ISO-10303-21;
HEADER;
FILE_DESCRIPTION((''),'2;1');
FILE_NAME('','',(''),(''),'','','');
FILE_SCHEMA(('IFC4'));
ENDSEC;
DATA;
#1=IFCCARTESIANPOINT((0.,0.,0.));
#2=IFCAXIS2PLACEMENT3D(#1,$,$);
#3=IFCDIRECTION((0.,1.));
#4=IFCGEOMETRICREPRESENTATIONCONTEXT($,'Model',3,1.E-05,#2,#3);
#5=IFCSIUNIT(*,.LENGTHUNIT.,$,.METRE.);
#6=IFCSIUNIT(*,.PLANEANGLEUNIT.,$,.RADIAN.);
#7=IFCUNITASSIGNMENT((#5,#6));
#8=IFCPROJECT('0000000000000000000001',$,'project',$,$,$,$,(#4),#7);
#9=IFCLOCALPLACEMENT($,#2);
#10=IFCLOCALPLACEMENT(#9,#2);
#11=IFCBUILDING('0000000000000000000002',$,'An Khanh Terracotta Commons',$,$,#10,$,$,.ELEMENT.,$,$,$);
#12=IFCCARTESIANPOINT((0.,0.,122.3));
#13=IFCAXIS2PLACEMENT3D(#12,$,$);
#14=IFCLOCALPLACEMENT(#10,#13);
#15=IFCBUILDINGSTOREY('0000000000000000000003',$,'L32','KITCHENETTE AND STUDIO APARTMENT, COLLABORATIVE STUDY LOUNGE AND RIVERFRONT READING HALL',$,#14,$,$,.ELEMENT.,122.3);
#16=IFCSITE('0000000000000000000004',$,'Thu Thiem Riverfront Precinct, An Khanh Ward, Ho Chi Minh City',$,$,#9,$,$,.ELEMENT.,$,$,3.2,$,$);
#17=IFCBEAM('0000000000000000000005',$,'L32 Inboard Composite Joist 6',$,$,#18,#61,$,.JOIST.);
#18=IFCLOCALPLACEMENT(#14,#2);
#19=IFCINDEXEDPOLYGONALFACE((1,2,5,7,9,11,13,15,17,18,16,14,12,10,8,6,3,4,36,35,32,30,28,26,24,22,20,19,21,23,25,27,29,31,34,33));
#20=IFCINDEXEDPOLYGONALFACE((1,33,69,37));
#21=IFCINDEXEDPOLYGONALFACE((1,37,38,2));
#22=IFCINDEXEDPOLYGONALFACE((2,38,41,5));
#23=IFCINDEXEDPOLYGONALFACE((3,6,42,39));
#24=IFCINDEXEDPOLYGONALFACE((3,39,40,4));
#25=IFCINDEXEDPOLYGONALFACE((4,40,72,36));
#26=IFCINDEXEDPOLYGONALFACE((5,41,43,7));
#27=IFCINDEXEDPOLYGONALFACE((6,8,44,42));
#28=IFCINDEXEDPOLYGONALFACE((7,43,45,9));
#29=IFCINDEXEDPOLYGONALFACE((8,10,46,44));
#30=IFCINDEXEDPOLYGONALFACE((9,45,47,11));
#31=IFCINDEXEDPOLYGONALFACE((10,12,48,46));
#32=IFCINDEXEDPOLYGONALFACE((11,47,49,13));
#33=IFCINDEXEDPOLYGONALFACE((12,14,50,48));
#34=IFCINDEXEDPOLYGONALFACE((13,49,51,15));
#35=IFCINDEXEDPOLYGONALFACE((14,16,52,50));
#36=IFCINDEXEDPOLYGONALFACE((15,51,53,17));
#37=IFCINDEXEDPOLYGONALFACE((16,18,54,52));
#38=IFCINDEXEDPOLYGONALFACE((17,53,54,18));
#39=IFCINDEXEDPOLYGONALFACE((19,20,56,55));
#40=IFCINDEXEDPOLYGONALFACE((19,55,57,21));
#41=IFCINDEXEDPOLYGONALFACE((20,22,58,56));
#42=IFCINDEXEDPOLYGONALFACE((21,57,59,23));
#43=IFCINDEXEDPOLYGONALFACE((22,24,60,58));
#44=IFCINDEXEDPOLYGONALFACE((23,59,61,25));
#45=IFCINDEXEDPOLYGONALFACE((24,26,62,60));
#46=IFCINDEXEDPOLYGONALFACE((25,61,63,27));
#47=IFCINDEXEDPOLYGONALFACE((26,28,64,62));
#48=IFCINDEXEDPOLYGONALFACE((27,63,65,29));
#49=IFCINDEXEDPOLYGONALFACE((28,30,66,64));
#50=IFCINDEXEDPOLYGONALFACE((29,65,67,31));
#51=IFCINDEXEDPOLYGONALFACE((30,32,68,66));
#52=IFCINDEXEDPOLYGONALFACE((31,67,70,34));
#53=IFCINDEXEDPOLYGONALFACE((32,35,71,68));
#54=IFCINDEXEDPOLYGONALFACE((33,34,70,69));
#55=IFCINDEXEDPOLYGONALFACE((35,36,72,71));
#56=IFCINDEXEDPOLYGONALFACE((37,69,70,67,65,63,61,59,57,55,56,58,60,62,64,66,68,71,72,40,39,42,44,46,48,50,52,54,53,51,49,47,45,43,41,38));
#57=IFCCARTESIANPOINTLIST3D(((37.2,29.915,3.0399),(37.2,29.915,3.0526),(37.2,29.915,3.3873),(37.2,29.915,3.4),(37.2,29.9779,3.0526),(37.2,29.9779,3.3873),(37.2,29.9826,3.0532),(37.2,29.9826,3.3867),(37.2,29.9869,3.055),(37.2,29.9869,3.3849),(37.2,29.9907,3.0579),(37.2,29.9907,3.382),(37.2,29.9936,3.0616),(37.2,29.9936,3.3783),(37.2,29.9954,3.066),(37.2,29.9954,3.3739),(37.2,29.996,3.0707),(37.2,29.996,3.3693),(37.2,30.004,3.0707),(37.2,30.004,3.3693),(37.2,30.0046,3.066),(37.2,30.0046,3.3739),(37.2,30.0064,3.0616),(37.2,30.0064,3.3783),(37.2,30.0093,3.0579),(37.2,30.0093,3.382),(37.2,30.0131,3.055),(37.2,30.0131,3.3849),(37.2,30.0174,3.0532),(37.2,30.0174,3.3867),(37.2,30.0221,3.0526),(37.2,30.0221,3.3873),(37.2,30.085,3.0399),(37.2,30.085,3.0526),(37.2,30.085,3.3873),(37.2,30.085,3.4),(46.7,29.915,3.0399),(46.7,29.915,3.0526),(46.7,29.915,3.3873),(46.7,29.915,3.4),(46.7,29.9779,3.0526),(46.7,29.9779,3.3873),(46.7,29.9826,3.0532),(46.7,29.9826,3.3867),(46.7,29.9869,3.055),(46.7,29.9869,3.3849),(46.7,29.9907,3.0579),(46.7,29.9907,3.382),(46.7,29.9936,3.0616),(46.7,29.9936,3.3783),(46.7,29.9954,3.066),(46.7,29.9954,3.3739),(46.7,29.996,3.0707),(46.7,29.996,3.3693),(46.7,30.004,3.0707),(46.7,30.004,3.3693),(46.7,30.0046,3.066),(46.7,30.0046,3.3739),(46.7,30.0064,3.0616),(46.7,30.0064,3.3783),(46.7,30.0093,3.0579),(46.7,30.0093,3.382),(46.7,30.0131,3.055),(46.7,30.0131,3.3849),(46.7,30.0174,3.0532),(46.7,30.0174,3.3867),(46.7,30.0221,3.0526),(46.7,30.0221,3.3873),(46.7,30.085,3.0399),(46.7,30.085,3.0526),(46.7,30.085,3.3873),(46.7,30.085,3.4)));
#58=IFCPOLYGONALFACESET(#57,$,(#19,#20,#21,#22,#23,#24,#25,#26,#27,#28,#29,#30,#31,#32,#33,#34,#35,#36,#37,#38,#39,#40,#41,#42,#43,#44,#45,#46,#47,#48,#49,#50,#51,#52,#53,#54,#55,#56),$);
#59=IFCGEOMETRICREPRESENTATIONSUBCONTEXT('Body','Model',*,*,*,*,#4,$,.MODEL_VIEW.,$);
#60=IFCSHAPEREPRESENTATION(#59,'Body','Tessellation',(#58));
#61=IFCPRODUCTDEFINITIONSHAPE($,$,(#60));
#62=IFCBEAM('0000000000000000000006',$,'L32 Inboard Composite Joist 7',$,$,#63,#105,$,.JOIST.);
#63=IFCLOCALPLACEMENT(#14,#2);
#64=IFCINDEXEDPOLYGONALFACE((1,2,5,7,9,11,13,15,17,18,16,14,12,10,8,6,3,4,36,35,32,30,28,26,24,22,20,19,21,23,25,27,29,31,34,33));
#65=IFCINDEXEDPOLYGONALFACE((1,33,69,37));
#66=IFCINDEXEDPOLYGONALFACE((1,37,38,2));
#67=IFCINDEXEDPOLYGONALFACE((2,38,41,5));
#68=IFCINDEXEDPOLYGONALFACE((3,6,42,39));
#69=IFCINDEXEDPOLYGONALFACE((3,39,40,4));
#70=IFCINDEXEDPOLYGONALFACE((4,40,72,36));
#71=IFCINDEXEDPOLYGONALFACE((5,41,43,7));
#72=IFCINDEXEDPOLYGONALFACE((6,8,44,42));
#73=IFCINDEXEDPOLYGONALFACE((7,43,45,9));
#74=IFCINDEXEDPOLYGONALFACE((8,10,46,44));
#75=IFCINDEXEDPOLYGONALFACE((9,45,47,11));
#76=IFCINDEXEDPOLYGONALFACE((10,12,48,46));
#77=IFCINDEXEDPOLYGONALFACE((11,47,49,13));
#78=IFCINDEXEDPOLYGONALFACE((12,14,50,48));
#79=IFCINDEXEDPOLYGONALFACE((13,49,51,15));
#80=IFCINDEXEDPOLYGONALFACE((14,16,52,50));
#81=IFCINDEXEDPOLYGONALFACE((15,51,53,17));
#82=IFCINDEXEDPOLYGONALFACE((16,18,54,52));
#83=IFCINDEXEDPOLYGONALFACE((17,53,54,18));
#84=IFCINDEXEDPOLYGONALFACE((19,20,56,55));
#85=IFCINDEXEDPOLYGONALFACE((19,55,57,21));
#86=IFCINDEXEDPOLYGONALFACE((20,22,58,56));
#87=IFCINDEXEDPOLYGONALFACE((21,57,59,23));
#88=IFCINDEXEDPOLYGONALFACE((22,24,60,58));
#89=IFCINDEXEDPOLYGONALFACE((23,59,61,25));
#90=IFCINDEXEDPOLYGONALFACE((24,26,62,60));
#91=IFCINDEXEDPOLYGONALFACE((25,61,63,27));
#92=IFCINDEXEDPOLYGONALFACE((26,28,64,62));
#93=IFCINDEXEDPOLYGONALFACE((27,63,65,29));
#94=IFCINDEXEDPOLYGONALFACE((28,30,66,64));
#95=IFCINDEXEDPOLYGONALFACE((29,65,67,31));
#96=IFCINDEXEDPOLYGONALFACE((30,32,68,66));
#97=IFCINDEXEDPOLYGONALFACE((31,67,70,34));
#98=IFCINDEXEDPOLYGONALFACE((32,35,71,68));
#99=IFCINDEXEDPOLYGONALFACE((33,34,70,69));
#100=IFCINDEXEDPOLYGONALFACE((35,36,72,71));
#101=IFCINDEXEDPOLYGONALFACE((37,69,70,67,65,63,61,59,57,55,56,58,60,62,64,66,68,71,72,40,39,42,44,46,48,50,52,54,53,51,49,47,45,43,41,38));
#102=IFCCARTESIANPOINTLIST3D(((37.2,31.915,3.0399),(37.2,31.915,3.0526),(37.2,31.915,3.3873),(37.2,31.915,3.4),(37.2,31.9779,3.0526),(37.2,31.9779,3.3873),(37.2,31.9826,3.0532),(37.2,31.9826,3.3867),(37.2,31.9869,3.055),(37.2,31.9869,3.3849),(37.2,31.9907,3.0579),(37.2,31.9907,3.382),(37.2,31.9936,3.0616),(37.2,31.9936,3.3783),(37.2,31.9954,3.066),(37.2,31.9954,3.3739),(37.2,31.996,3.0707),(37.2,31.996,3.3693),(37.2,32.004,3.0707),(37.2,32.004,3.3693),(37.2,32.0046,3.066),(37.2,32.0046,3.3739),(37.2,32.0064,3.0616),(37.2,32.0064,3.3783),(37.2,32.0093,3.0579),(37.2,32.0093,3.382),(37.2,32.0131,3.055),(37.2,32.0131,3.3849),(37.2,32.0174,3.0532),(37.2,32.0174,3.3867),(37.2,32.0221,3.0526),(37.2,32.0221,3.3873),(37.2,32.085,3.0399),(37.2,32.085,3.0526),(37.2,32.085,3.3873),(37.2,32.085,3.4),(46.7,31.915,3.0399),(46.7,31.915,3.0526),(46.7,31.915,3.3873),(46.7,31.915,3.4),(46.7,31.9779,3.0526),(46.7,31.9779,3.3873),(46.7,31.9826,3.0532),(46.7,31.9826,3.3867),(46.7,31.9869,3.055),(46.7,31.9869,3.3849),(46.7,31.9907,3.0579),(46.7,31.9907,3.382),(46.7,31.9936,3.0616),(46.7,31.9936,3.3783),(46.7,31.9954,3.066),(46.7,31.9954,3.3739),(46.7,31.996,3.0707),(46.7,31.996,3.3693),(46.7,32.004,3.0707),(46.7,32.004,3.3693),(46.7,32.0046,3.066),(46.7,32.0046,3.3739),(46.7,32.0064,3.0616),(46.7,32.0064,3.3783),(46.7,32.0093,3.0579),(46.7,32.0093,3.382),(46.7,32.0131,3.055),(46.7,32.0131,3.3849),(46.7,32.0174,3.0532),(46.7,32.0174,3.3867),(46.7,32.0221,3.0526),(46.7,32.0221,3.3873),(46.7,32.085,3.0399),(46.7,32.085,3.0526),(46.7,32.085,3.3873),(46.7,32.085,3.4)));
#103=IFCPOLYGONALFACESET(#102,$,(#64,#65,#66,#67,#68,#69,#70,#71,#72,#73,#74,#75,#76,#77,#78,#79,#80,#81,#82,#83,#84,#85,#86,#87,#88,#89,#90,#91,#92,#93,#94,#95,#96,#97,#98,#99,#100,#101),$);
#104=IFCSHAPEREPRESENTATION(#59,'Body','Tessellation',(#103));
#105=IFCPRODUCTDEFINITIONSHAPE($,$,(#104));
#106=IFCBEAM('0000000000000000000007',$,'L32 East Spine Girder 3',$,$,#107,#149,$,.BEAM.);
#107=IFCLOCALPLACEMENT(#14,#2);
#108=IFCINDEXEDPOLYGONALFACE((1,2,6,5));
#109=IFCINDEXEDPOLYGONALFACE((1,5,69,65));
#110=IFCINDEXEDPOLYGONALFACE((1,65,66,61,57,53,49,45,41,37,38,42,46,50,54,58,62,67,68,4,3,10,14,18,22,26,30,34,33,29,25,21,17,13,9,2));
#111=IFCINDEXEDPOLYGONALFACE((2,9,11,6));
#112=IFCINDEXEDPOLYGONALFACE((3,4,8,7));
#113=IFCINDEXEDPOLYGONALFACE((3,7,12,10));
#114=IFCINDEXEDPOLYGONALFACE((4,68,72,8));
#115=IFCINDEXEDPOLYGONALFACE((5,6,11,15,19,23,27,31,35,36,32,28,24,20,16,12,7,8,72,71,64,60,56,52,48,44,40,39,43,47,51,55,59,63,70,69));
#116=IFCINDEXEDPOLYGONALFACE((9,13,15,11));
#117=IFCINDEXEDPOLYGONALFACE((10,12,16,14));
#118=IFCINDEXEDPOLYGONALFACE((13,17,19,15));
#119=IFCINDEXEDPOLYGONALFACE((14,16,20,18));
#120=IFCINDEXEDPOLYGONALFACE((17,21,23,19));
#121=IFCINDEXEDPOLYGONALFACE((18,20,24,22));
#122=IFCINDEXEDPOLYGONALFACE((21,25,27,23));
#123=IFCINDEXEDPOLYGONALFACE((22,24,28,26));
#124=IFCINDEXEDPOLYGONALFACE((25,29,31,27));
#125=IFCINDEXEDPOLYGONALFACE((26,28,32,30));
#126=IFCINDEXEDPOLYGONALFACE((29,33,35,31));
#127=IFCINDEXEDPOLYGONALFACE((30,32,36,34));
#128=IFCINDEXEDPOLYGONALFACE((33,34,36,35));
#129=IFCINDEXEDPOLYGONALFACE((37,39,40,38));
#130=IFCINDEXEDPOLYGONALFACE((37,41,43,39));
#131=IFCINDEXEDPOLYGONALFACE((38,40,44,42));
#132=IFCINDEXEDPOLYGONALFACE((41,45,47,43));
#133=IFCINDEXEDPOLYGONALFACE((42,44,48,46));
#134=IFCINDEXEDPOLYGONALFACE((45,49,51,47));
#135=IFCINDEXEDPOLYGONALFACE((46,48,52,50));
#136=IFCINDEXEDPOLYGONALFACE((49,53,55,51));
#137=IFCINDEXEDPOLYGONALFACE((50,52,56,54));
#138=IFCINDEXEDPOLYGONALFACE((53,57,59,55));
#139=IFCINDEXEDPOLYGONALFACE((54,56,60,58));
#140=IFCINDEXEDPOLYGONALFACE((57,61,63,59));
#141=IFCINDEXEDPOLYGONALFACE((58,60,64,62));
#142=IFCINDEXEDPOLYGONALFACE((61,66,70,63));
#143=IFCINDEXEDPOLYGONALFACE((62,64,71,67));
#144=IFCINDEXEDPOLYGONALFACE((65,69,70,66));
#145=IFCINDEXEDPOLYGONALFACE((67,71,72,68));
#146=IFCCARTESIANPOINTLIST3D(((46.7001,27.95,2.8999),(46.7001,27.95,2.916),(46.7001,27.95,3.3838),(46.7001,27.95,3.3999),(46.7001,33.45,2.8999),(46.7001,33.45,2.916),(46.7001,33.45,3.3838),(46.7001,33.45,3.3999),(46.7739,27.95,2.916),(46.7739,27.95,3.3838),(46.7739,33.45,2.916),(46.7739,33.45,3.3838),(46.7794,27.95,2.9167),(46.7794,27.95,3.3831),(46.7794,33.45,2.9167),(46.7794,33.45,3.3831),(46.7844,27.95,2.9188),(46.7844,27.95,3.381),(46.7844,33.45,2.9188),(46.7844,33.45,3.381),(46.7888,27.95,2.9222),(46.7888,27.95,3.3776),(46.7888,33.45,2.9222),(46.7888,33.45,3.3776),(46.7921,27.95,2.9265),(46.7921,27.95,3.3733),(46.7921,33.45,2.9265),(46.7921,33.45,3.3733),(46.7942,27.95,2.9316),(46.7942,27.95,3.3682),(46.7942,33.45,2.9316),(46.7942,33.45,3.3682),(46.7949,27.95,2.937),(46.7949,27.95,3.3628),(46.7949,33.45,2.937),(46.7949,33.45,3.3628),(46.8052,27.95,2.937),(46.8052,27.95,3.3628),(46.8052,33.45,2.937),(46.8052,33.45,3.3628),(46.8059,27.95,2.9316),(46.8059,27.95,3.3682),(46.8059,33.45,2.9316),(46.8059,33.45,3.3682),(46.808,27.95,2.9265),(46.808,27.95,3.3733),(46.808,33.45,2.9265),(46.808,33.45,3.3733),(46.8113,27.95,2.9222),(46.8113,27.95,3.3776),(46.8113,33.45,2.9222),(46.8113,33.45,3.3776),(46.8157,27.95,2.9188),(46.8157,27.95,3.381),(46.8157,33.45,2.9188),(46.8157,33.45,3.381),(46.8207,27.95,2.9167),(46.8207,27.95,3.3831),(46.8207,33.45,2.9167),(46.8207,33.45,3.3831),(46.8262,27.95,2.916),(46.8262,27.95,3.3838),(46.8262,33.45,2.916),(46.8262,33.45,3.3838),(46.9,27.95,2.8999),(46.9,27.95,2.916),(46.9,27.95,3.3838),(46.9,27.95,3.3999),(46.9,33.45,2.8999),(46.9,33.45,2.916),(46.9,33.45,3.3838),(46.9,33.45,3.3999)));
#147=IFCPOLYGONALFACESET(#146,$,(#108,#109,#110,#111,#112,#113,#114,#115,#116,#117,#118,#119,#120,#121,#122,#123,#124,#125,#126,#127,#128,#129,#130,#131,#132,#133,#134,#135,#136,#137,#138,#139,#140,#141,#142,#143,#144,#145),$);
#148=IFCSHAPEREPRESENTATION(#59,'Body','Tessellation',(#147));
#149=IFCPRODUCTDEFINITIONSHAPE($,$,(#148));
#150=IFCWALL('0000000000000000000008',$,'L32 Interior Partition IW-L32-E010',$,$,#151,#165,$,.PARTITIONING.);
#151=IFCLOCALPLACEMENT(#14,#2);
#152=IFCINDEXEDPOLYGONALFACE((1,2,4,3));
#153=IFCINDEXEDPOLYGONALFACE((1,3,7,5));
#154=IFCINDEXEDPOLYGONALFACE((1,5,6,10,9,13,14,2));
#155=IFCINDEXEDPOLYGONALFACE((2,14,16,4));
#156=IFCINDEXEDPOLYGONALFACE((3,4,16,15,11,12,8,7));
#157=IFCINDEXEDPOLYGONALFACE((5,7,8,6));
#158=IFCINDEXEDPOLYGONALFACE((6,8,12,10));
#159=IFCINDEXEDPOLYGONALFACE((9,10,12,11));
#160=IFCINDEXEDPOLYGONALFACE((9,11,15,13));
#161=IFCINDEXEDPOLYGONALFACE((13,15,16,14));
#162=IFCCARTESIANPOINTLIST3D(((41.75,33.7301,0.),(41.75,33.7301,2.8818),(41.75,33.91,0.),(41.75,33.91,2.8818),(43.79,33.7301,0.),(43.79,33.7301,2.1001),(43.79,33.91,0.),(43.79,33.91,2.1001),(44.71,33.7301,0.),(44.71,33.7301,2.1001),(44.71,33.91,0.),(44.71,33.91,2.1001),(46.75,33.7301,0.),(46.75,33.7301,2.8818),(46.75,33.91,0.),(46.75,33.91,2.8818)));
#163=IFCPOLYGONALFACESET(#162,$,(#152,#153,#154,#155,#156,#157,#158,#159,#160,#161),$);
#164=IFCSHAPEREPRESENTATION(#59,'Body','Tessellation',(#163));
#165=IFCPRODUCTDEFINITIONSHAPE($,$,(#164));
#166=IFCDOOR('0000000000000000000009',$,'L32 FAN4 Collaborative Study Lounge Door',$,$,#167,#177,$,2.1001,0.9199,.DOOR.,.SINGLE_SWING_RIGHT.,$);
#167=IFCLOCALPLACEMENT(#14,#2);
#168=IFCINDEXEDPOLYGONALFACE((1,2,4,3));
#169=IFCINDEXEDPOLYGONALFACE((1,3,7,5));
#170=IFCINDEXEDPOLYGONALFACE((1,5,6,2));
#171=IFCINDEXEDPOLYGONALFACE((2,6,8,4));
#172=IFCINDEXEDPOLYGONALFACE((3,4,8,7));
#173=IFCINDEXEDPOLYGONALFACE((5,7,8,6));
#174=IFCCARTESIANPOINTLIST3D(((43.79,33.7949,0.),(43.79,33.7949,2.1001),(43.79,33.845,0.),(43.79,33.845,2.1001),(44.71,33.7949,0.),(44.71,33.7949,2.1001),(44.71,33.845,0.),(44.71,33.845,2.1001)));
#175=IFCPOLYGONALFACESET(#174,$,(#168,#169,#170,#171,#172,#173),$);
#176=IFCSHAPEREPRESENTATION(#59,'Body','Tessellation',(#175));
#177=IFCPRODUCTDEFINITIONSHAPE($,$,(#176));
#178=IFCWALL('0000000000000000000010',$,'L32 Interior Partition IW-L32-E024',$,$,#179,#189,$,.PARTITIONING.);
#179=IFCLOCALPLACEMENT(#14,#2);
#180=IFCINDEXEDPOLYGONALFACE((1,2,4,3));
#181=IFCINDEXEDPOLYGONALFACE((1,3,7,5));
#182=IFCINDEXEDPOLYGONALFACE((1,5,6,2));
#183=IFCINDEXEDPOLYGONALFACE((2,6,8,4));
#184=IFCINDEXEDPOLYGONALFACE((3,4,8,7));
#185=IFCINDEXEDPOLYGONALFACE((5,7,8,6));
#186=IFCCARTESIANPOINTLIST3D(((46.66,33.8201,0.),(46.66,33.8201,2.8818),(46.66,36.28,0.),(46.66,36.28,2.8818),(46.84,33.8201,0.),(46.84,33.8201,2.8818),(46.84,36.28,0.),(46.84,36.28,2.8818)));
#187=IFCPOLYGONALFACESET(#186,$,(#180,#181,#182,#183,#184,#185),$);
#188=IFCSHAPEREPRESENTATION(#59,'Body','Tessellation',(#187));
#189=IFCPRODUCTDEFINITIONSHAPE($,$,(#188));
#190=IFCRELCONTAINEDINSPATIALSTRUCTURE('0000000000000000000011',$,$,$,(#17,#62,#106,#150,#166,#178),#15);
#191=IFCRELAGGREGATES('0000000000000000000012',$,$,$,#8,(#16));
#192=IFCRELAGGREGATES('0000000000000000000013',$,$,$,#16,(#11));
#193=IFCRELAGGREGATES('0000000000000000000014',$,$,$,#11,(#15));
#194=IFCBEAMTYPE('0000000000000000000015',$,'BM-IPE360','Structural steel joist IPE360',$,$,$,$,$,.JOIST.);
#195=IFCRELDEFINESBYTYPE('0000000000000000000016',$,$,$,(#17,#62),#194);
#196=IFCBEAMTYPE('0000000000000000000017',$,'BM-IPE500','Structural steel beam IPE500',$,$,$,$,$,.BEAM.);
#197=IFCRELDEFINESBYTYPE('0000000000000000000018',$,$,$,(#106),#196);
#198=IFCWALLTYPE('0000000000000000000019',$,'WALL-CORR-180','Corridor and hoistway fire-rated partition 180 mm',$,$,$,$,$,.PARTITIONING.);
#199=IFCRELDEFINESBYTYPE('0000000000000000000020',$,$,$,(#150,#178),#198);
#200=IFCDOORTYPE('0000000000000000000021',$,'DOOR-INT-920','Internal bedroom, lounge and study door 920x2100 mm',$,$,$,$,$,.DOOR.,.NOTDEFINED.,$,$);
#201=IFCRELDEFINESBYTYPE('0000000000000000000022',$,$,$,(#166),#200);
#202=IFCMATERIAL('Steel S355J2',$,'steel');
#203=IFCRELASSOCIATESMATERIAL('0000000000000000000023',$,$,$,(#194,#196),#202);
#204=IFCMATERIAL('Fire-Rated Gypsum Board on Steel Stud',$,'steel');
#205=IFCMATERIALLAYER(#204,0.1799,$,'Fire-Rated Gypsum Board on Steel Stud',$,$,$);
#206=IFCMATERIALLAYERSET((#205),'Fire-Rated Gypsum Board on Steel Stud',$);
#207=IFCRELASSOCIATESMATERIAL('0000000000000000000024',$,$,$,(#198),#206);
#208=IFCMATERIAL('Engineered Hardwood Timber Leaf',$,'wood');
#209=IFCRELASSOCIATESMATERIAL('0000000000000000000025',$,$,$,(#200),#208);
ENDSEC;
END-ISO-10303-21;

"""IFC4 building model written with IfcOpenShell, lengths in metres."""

from ifc_helpers import new_model, si_unit, direction, frame, frame_2d, origin, origin_2d, place, context, subcontext, project, spatial, rectangle, i_section, extrude, material, layer, layer_set, material_profile, profile_set, type_object, element, fill, save


model = new_model("IFC4")

# Units and contexts
model_context = context("Model", 3, precision=1e-05, world=origin(), true_north=direction((0.0, 1.0)))
body_context = subcontext(model_context, "Body", "Model", "MODEL_VIEW")
ifc_project = project(units=[si_unit("LENGTHUNIT", "METRE"), si_unit("PLANEANGLEUNIT", "RADIAN")], contexts=[model_context])

# Site, building, storey
site_placement = place(None, origin())
site = spatial("IfcSite", under=ifc_project, at=site_placement, Name="Thu Thiem Riverfront Precinct, An Khanh Ward, Ho Chi Minh City", CompositionType="ELEMENT", RefElevation=3.2)
building_placement = place(site_placement, origin())
building = spatial("IfcBuilding", under=site, at=building_placement, Name="An Khanh Terracotta Commons", CompositionType="ELEMENT")
storey_placement = place(building_placement, frame((0.0, 0.0, 122.3)))
storey = spatial("IfcBuildingStorey", under=building, at=storey_placement, Name="L32", Description="KITCHENETTE AND STUDIO APARTMENT, COLLABORATIVE STUDY LOUNGE AND RIVERFRONT READING HALL", CompositionType="ELEMENT", Elevation=122.3)

# Beams
ifc_material_1 = material(Name="Steel S355J2", Category="steel")
ifc_material_profile_1 = material_profile(ifc_material_1, i_section(OverallWidth=0.1699, OverallDepth=0.3601, WebThickness=0.0081, FlangeThickness=0.0127, FilletRadius=0.0181, at=origin_2d()), Name="IPE360")
ifc_profile_set_1 = profile_set([ifc_material_profile_1], Name="Steel S355J2")
beam_type_1 = type_object("IfcBeamType", Name="BM-IPE360", Description="Structural steel joist IPE360", PredefinedType="JOIST", material=ifc_profile_set_1)
for number, where, z_axis, x_axis, name in (
    (1, (37.2, 30.0, 3.22), (1.0, 0.0, 0.0), (0.0, 1.0, 0.0), "L32 Inboard Composite Joist 6"),
    (2, (37.2, 32.0, 3.22), (1.0, 0.0, 0.0), (0.0, 1.0, 0.0), "L32 Inboard Composite Joist 7"),
):
    element("IfcBeam", number, at=place(storey_placement, frame(where, z_axis=z_axis, x_axis=x_axis)), inside=storey, type_object=beam_type_1, Name=name, PredefinedType="JOIST", context=body_context, shape_type="SweptSolid", body=[
        extrude(i_section(OverallWidth=0.1699, OverallDepth=0.3601, WebThickness=0.0081, FlangeThickness=0.0127, FilletRadius=0.0181, at=origin_2d()), origin(), (0.0, 0.0, 1.0), 9.5),
    ])
ifc_material_profile_2 = material_profile(ifc_material_1, i_section(OverallWidth=0.2, OverallDepth=0.5, WebThickness=0.0103, FlangeThickness=0.0161, FilletRadius=0.021, at=origin_2d()), Name="IPE500")
ifc_profile_set_2 = profile_set([ifc_material_profile_2], Name="Steel S355J2")
beam_type_2 = type_object("IfcBeamType", Name="BM-IPE500", Description="Structural steel beam IPE500", PredefinedType="BEAM", material=ifc_profile_set_2)
beam_1_placement = place(storey_placement, frame((46.8, 27.95, 3.1499), z_axis=(0.0, 1.0, 0.0), x_axis=(-1.0, 0.0, 0.0)))
element("IfcBeam", 3, at=beam_1_placement, inside=storey, type_object=beam_type_2, Name="L32 East Spine Girder 3", PredefinedType="BEAM", context=body_context, shape_type="SweptSolid", body=[
    extrude(i_section(OverallWidth=0.2, OverallDepth=0.5, WebThickness=0.0103, FlangeThickness=0.0161, FilletRadius=0.021, at=origin_2d()), origin(), (0.0, 0.0, 1.0), 5.5),
])

# Wall, opening, door
ifc_material_2 = material(Name="Fire-Rated Gypsum Board on Steel Stud", Category="steel")
ifc_layer_1 = layer(ifc_material_2, 0.1799, Name="Fire-Rated Gypsum Board on Steel Stud")
ifc_layer_set_1 = layer_set([ifc_layer_1], Name="Fire-Rated Gypsum Board on Steel Stud")
wall_type_1 = type_object("IfcWallType", Name="WALL-CORR-180", Description="Corridor and hoistway fire-rated partition 180 mm", PredefinedType="PARTITIONING", material=ifc_layer_set_1)
wall_1_placement = place(storey_placement, frame((41.75, 33.8201, 0.0), z_axis=(0.0, 0.0, 1.0), x_axis=(1.0, 0.0, 0.0)))
wall_1 = element("IfcWall", 4, at=wall_1_placement, inside=storey, type_object=wall_type_1, Name="L32 Interior Partition IW-L32-E010", PredefinedType="PARTITIONING", context=body_context, shape_type="SweptSolid", body=[
    extrude(rectangle(XDim=5.0, YDim=0.1799, at=frame_2d((2.5, 0.0))), origin(), (0.0, 0.0, 1.0), 2.8818),
])
opening_1_placement = place(wall_1_placement, frame((2.04, 0.0, 0.0)))
opening_1 = element("IfcOpeningElement", 5, at=opening_1_placement, cuts=wall_1, PredefinedType="OPENING", context=body_context, shape_type="SweptSolid", body=[
    extrude(rectangle(XDim=0.9199, YDim=2.1001, at=frame_2d((0.46, 1.05))), frame((0.0, 0.0999, 0.0), z_axis=(0.0, -1.0, 0.0), x_axis=(1.0, 0.0, 0.0)), (0.0, 0.0, 1.0), 0.2),
])
ifc_material_3 = material(Name="Engineered Hardwood Timber Leaf", Category="wood")
door_type_1 = type_object("IfcDoorType", Name="DOOR-INT-920", Description="Internal bedroom, lounge and study door 920x2100 mm", OperationType="NOTDEFINED", PredefinedType="DOOR", material=ifc_material_3)
door_1_placement = place(opening_1_placement, origin())
door_1 = element("IfcDoor", 6, at=door_1_placement, inside=storey, type_object=door_type_1, Name="L32 FAN4 Collaborative Study Lounge Door", OperationType="SINGLE_SWING_RIGHT", OverallHeight=2.1001, OverallWidth=0.9199, PredefinedType="DOOR", context=body_context, shape_type="SweptSolid", body=[
    extrude(rectangle(XDim=0.9199, YDim=2.1001, at=frame_2d((0.46, 1.05))), frame((0.0, 0.0249, 0.0), z_axis=(0.0, -1.0, 0.0), x_axis=(1.0, 0.0, 0.0)), (0.0, 0.0, 1.0), 0.05),
])
fill(opening_1, door_1)

# Wall
wall_2_placement = place(storey_placement, frame((46.75, 33.8201, 0.0), z_axis=(0.0, 0.0, 1.0), x_axis=(0.0, 1.0, 0.0)))
element("IfcWall", 7, at=wall_2_placement, inside=storey, type_object=wall_type_1, Name="L32 Interior Partition IW-L32-E024", PredefinedType="PARTITIONING", context=body_context, shape_type="SweptSolid", body=[
    extrude(rectangle(XDim=2.46, YDim=0.1799, at=frame_2d((1.23, 0.0))), origin(), (0.0, 0.0, 1.0), 2.8818),
])

save(model, "model.ifc")
